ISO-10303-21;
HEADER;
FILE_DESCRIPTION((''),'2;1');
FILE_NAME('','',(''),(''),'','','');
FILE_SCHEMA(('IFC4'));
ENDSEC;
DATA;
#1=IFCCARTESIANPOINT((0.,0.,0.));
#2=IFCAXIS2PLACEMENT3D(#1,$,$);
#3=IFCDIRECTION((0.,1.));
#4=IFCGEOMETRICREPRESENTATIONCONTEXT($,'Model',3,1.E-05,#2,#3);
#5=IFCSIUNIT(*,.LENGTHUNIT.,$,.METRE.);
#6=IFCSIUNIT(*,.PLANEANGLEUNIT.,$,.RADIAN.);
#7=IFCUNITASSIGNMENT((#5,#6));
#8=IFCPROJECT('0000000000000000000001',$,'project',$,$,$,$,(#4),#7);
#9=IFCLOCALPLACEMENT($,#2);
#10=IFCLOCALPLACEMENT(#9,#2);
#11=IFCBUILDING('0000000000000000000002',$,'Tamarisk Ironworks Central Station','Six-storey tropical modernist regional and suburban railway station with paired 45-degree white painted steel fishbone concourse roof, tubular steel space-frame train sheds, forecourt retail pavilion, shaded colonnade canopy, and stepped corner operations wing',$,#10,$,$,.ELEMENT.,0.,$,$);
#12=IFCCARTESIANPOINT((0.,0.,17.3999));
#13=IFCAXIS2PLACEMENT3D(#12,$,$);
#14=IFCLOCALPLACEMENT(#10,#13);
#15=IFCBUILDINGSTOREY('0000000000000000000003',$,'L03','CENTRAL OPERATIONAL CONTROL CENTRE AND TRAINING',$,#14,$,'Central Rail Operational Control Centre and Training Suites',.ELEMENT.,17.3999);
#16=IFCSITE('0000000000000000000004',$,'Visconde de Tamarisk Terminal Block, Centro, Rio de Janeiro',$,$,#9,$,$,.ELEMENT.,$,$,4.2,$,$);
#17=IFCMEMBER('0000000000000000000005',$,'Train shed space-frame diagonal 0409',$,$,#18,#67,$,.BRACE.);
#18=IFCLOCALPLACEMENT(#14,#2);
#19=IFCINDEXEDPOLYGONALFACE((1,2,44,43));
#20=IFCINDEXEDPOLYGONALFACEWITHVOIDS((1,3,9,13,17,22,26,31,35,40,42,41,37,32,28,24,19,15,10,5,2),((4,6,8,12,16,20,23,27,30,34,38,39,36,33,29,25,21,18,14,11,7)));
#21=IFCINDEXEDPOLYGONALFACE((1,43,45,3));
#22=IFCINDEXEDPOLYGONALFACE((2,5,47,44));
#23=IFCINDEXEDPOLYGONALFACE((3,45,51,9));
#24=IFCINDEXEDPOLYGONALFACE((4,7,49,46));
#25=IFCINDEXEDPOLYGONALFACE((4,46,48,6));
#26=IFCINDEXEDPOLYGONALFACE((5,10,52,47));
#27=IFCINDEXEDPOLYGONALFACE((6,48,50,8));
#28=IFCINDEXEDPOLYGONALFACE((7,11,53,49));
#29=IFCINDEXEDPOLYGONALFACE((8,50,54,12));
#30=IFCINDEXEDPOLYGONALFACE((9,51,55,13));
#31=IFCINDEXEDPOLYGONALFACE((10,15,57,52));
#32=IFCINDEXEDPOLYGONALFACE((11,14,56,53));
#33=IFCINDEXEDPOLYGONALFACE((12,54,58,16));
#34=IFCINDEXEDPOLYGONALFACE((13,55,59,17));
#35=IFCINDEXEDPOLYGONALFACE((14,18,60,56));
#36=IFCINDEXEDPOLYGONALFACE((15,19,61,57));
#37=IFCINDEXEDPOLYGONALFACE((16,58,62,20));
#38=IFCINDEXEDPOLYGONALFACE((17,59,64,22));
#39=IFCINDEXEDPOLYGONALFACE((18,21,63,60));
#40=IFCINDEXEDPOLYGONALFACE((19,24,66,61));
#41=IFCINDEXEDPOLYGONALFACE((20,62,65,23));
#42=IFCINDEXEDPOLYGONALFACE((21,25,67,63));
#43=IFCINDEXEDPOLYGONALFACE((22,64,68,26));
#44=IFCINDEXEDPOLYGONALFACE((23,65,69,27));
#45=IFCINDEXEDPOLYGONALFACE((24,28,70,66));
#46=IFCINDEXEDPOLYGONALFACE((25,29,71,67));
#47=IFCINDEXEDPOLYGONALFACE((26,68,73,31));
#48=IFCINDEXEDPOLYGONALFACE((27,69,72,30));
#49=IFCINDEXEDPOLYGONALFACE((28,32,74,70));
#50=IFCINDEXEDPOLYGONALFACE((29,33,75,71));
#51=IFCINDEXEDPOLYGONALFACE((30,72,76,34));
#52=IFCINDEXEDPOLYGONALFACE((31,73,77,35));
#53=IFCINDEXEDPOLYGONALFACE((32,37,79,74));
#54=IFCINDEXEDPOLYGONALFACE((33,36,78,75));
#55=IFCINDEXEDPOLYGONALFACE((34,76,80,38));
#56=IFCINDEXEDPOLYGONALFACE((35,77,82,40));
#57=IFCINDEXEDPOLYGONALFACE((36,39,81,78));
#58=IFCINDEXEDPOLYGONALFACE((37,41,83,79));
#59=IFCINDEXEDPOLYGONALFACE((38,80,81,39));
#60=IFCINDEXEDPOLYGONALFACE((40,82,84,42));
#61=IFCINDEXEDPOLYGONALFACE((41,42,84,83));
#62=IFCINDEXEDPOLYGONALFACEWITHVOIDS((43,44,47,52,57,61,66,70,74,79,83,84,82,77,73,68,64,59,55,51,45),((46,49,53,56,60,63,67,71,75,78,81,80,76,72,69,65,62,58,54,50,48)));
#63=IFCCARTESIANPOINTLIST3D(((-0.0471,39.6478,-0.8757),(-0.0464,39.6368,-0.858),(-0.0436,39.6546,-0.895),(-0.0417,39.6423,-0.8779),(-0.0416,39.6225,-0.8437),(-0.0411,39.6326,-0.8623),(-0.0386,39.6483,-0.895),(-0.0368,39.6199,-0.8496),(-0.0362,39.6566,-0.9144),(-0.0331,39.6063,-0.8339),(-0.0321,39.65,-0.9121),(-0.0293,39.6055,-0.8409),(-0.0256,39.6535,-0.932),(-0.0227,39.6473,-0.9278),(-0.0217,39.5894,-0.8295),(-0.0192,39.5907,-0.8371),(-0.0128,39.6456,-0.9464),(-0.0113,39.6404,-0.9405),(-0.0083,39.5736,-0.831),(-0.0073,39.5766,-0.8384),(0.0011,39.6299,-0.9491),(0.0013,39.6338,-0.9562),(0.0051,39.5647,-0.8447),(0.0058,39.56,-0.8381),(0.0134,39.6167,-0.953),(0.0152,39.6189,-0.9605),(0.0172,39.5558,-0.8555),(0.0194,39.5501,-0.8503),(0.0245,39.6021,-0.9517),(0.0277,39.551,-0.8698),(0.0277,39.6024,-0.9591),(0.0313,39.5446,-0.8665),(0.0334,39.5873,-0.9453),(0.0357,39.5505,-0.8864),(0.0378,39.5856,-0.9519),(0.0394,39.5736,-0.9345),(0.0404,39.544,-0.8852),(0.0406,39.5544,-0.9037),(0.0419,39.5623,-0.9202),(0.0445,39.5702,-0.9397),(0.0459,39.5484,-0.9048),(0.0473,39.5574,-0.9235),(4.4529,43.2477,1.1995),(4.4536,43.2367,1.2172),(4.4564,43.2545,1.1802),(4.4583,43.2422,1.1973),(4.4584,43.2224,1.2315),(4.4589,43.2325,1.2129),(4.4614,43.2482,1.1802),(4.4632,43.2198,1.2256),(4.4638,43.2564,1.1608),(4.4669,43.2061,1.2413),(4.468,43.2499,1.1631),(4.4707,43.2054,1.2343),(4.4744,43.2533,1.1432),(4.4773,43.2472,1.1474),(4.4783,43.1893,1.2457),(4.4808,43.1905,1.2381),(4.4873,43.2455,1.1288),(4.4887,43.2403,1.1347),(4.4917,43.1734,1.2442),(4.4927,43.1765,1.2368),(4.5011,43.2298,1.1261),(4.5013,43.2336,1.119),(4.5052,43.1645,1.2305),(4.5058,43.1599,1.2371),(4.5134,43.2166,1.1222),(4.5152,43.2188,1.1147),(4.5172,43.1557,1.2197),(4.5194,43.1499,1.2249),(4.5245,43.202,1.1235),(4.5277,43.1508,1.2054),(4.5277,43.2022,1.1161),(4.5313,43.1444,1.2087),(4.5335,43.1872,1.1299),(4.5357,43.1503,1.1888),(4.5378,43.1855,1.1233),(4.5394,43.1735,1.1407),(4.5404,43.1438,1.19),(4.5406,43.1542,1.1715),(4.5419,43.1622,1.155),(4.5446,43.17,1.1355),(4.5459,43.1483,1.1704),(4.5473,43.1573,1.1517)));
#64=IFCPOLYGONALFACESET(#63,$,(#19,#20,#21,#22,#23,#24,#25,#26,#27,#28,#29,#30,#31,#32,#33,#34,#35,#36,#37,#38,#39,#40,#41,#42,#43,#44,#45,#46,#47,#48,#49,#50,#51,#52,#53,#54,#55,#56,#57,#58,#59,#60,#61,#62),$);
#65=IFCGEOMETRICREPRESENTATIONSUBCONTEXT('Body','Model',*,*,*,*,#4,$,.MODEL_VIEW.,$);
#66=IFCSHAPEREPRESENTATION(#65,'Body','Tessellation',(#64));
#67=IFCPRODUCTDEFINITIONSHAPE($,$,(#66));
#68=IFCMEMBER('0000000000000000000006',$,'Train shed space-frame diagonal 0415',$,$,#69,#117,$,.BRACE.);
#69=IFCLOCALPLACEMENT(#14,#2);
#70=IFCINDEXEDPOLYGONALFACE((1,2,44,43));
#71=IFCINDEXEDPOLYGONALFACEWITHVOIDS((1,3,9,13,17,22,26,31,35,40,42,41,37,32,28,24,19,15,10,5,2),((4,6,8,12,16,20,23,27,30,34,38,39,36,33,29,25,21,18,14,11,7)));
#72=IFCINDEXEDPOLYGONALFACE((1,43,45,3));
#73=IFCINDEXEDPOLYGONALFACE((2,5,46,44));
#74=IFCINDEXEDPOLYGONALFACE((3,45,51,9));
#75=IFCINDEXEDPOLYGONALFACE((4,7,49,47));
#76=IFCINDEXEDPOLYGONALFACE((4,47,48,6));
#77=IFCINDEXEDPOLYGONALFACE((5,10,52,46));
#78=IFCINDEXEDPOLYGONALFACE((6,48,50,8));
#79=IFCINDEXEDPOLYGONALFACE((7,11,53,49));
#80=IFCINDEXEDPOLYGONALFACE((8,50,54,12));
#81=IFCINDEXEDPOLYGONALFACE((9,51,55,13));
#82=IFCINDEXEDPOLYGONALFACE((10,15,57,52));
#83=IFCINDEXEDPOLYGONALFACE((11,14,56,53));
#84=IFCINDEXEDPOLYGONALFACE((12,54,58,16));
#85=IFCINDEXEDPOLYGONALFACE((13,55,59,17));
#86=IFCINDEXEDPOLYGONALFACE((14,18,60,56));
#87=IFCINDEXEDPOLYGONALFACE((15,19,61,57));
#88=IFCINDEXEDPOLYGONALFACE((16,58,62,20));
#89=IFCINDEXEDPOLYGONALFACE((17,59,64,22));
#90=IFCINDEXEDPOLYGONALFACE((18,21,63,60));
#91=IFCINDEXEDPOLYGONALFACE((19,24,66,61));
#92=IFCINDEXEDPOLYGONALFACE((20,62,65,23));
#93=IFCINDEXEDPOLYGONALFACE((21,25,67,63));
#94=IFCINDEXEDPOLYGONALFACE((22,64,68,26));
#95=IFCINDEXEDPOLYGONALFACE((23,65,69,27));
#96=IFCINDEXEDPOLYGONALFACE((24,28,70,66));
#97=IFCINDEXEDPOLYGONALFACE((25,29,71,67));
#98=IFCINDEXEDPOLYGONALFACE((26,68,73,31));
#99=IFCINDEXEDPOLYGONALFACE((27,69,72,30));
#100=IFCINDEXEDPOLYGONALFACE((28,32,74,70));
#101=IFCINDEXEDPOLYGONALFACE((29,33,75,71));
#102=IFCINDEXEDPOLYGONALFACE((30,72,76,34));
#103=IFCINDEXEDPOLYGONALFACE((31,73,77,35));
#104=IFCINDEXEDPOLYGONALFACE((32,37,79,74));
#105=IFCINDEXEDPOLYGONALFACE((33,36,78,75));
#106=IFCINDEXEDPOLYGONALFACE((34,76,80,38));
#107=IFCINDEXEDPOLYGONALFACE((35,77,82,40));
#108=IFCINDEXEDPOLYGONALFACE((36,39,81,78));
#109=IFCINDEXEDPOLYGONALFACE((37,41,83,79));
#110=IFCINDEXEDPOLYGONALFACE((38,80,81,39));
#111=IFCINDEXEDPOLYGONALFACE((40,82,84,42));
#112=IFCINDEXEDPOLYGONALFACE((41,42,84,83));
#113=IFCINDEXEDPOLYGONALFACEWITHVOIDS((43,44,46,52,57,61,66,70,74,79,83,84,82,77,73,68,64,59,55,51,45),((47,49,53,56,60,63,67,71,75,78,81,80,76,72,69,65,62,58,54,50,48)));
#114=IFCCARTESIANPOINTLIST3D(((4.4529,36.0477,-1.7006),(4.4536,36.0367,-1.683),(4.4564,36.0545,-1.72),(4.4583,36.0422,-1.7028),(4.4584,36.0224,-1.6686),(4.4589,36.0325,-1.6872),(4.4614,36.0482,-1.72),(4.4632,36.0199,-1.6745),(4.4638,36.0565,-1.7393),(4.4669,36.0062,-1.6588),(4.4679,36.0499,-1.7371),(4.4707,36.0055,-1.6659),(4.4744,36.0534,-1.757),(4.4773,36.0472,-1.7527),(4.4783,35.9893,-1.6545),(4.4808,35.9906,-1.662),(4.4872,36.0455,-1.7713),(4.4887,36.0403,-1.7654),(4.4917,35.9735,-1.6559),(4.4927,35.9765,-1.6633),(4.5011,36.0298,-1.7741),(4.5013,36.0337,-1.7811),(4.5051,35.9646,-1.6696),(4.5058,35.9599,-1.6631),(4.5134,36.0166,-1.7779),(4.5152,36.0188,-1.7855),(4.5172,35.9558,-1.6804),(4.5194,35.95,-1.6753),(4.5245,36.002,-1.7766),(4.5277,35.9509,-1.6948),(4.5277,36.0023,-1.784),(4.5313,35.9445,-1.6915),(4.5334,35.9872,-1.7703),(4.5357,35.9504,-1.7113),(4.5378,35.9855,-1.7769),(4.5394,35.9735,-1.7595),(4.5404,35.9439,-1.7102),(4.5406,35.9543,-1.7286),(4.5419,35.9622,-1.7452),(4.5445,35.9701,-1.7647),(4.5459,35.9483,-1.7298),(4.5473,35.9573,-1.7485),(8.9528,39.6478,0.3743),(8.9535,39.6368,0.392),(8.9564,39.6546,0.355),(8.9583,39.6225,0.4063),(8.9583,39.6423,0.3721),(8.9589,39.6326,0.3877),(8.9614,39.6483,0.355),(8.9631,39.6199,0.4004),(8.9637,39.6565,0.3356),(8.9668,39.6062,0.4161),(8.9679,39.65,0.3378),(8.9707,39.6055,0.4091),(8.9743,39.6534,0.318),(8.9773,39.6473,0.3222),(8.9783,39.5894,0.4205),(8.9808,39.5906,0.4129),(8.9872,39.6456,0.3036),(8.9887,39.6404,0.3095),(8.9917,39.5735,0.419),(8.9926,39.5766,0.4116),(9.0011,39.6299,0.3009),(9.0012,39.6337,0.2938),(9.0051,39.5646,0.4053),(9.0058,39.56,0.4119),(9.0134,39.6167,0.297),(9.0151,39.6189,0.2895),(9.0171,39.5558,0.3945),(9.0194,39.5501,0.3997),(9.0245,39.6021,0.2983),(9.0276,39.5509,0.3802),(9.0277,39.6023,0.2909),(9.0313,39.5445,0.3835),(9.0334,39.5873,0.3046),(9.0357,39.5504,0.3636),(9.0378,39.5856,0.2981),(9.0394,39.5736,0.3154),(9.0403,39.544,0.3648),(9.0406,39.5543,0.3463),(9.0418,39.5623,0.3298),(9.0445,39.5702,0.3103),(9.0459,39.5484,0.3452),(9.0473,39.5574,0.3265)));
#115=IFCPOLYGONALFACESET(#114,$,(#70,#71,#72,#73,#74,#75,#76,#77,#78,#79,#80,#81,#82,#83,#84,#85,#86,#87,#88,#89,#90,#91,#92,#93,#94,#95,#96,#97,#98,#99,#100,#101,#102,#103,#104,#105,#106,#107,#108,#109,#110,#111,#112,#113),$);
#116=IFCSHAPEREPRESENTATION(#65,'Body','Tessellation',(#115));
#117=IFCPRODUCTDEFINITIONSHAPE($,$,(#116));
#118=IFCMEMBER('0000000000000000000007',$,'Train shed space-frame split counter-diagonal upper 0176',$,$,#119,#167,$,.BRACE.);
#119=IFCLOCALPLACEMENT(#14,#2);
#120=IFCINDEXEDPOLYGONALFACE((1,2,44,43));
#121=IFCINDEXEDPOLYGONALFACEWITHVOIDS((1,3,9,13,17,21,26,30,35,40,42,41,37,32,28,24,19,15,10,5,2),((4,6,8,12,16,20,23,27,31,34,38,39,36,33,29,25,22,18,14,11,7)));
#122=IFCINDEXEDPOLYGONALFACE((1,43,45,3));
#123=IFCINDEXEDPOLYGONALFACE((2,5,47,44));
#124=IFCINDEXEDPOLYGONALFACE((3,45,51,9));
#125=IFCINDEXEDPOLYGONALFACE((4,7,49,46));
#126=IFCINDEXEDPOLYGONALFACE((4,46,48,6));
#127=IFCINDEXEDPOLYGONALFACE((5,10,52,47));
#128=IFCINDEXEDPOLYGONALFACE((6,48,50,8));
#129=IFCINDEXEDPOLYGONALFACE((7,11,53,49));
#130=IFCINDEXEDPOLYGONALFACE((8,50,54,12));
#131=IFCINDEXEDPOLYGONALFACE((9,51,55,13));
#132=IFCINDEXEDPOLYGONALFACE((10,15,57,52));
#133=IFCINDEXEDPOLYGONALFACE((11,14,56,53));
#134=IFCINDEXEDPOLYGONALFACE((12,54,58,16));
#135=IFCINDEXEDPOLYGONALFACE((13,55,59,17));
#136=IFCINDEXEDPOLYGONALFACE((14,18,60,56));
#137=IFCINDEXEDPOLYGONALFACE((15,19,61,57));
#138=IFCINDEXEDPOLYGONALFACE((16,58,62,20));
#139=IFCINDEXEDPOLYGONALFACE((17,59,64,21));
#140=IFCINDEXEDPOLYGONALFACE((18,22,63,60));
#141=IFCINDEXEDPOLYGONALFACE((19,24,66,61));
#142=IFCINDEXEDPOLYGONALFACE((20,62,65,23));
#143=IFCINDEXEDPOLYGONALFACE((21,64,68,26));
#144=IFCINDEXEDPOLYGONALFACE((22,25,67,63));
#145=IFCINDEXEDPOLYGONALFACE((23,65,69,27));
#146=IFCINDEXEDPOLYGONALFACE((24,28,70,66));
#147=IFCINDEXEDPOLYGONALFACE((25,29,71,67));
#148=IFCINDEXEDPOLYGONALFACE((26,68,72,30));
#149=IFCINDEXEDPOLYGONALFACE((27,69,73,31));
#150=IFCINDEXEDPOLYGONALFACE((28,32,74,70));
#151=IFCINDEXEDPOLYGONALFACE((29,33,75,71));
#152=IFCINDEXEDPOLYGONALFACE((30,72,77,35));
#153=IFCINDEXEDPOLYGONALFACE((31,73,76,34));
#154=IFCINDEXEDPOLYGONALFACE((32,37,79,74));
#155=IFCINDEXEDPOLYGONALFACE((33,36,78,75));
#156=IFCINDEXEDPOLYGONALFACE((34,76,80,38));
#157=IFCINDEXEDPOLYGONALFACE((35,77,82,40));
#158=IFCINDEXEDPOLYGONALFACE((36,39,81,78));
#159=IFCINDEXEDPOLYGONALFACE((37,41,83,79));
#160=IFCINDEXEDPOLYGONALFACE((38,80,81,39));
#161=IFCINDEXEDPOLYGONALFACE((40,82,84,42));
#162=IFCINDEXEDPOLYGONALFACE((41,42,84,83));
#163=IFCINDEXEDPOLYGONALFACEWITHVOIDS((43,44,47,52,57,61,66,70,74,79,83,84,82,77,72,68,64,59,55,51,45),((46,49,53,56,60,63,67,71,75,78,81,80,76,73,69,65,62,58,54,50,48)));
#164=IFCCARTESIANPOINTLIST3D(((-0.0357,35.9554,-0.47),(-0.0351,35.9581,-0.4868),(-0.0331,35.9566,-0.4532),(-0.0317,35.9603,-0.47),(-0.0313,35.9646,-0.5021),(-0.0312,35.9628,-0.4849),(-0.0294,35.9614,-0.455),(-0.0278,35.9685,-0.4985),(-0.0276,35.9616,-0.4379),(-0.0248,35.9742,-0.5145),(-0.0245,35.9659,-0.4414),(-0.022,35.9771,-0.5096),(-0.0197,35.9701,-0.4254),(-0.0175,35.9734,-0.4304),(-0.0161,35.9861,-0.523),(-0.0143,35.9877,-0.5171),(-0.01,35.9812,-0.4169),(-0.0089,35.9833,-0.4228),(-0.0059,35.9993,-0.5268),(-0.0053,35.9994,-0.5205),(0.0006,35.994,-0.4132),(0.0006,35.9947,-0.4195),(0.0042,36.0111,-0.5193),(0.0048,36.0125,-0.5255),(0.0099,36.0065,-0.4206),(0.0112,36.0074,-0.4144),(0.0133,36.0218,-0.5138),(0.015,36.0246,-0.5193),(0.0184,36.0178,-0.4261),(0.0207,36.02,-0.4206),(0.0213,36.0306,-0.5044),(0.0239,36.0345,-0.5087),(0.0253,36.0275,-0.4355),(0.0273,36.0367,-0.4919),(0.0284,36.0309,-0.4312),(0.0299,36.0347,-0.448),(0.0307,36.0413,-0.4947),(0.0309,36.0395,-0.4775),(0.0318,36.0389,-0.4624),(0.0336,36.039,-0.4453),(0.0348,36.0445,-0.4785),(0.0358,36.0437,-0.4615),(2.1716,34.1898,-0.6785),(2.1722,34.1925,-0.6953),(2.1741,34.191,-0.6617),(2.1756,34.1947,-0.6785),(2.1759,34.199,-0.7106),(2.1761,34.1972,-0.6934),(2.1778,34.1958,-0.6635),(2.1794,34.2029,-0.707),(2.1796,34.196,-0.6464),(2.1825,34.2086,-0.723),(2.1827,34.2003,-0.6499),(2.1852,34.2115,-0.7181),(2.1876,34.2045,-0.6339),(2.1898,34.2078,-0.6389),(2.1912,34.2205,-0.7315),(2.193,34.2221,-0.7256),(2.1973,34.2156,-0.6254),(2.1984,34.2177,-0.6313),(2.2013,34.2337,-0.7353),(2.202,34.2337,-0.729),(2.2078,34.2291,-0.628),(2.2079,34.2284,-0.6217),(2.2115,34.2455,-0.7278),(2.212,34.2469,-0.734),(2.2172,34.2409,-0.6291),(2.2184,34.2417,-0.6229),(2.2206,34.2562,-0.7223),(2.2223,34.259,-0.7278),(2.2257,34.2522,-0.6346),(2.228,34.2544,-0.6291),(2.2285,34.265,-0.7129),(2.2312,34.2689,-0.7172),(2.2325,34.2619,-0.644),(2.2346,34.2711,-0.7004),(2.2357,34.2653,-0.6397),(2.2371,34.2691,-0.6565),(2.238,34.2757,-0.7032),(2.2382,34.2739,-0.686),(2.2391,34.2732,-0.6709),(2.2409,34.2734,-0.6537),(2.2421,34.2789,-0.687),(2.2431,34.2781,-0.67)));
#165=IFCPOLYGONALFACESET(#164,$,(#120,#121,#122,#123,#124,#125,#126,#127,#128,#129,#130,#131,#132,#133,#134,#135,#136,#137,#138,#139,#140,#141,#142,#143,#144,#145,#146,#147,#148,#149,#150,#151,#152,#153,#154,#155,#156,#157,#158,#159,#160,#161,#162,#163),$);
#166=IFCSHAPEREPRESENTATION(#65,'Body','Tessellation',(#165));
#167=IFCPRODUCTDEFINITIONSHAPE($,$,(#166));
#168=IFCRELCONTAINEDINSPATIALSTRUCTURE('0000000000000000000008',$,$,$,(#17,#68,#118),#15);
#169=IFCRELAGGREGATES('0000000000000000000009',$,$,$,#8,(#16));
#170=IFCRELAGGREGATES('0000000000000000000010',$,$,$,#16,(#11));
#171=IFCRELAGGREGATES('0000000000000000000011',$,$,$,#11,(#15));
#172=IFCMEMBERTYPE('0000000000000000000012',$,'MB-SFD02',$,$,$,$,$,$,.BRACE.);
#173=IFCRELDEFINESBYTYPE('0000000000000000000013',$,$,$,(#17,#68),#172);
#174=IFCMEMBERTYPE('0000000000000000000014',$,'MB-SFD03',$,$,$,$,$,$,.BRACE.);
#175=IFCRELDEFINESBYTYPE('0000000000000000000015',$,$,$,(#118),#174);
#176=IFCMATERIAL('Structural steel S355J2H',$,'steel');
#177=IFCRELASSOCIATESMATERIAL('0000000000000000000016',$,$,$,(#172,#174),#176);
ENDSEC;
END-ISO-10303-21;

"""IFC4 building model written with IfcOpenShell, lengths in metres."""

from ifc_helpers import new_model, si_unit, direction, frame, origin, origin_2d, place, context, subcontext, project, spatial, hollow_circle, extrude, material, material_profile, profile_set, type_object, element, save


model = new_model("IFC4")

# Units and contexts
model_context = context("Model", 3, precision=1e-05, world=origin(), true_north=direction((0.0, 1.0)))
body_context = subcontext(model_context, "Body", "Model", "MODEL_VIEW")
ifc_project = project(units=[si_unit("LENGTHUNIT", "METRE"), si_unit("PLANEANGLEUNIT", "RADIAN")], contexts=[model_context])

# Site, building, storey
site_placement = place(None, origin())
site = spatial("IfcSite", under=ifc_project, at=site_placement, Name="Visconde de Tamarisk Terminal Block, Centro, Rio de Janeiro", CompositionType="ELEMENT", RefElevation=4.2)
building_placement = place(site_placement, origin())
building = spatial("IfcBuilding", under=site, at=building_placement, Name="Tamarisk Ironworks Central Station", Description="Six-storey tropical modernist regional and suburban railway station with paired 45-degree white painted steel fishbone concourse roof, tubular steel space-frame train sheds, forecourt retail pavilion, shaded colonnade canopy, and stepped corner operations wing", CompositionType="ELEMENT", ElevationOfRefHeight=0.0)
storey_placement = place(building_placement, frame((0.0, 0.0, 17.3999)))
storey = spatial("IfcBuildingStorey", under=building, at=storey_placement, Name="L03", Description="CENTRAL OPERATIONAL CONTROL CENTRE AND TRAINING", LongName="Central Rail Operational Control Centre and Training Suites", CompositionType="ELEMENT", Elevation=17.3999)

# Members
ifc_material_1 = material(Name="Structural steel S355J2H", Category="steel")
ifc_material_profile_1 = material_profile(ifc_material_1, hollow_circle(Radius=0.0698, WallThickness=0.0081, at=origin_2d()), Name="CHS 139.7x8")
ifc_profile_set_1 = profile_set([ifc_material_profile_1], Name="Structural steel S355J2H")
member_type_1 = type_object("IfcMemberType", Name="MB-SFD02", PredefinedType="BRACE", material=ifc_profile_set_1)
for number, where, z_axis, x_axis, name in (
    (1, (0.0, 39.6001, -0.895), (0.734696, 0.587733, 0.338809), (-0.62468, 0.780881, 0.0), "Train shed space-frame diagonal 0409"),
    (2, (4.5, 36.0, -1.72), (0.734689, 0.587767, 0.338765), (-0.624705, 0.780861, 0.0), "Train shed space-frame diagonal 0415"),
):
    element("IfcMember", number, at=place(storey_placement, frame(where, z_axis=z_axis, x_axis=x_axis)), inside=storey, type_object=member_type_1, Name=name, PredefinedType="BRACE", context=body_context, shape_type="SweptSolid", body=[
        extrude(hollow_circle(Radius=0.0698, WallThickness=0.0081, at=origin_2d()), origin(), (0.0, 0.0, 1.0), 6.125),
    ])
ifc_material_profile_2 = material_profile(ifc_material_1, hollow_circle(Radius=0.0571, WallThickness=0.0063, at=origin_2d()), Name="CHS 114.3x6.3")
ifc_profile_set_2 = profile_set([ifc_material_profile_2], Name="Structural steel S355J2H")
member_type_2 = type_object("IfcMemberType", Name="MB-SFD03", PredefinedType="BRACE", material=ifc_profile_set_2)
member_1_placement = place(storey_placement, frame((2.2073, 34.2344, -0.6785), z_axis=(-0.778787, 0.62296, 0.073563), x_axis=(-0.624653, -0.780903, 0.0)))
element("IfcMember", 3, at=member_1_placement, inside=storey, type_object=member_type_2, Name="Train shed space-frame split counter-diagonal upper 0176", PredefinedType="BRACE", context=body_context, shape_type="SweptSolid", body=[
    extrude(hollow_circle(Radius=0.0571, WallThickness=0.0063, at=origin_2d()), origin(), (0.0, 0.0, 1.0), 2.8342),
])

save(model, "model.ifc")
